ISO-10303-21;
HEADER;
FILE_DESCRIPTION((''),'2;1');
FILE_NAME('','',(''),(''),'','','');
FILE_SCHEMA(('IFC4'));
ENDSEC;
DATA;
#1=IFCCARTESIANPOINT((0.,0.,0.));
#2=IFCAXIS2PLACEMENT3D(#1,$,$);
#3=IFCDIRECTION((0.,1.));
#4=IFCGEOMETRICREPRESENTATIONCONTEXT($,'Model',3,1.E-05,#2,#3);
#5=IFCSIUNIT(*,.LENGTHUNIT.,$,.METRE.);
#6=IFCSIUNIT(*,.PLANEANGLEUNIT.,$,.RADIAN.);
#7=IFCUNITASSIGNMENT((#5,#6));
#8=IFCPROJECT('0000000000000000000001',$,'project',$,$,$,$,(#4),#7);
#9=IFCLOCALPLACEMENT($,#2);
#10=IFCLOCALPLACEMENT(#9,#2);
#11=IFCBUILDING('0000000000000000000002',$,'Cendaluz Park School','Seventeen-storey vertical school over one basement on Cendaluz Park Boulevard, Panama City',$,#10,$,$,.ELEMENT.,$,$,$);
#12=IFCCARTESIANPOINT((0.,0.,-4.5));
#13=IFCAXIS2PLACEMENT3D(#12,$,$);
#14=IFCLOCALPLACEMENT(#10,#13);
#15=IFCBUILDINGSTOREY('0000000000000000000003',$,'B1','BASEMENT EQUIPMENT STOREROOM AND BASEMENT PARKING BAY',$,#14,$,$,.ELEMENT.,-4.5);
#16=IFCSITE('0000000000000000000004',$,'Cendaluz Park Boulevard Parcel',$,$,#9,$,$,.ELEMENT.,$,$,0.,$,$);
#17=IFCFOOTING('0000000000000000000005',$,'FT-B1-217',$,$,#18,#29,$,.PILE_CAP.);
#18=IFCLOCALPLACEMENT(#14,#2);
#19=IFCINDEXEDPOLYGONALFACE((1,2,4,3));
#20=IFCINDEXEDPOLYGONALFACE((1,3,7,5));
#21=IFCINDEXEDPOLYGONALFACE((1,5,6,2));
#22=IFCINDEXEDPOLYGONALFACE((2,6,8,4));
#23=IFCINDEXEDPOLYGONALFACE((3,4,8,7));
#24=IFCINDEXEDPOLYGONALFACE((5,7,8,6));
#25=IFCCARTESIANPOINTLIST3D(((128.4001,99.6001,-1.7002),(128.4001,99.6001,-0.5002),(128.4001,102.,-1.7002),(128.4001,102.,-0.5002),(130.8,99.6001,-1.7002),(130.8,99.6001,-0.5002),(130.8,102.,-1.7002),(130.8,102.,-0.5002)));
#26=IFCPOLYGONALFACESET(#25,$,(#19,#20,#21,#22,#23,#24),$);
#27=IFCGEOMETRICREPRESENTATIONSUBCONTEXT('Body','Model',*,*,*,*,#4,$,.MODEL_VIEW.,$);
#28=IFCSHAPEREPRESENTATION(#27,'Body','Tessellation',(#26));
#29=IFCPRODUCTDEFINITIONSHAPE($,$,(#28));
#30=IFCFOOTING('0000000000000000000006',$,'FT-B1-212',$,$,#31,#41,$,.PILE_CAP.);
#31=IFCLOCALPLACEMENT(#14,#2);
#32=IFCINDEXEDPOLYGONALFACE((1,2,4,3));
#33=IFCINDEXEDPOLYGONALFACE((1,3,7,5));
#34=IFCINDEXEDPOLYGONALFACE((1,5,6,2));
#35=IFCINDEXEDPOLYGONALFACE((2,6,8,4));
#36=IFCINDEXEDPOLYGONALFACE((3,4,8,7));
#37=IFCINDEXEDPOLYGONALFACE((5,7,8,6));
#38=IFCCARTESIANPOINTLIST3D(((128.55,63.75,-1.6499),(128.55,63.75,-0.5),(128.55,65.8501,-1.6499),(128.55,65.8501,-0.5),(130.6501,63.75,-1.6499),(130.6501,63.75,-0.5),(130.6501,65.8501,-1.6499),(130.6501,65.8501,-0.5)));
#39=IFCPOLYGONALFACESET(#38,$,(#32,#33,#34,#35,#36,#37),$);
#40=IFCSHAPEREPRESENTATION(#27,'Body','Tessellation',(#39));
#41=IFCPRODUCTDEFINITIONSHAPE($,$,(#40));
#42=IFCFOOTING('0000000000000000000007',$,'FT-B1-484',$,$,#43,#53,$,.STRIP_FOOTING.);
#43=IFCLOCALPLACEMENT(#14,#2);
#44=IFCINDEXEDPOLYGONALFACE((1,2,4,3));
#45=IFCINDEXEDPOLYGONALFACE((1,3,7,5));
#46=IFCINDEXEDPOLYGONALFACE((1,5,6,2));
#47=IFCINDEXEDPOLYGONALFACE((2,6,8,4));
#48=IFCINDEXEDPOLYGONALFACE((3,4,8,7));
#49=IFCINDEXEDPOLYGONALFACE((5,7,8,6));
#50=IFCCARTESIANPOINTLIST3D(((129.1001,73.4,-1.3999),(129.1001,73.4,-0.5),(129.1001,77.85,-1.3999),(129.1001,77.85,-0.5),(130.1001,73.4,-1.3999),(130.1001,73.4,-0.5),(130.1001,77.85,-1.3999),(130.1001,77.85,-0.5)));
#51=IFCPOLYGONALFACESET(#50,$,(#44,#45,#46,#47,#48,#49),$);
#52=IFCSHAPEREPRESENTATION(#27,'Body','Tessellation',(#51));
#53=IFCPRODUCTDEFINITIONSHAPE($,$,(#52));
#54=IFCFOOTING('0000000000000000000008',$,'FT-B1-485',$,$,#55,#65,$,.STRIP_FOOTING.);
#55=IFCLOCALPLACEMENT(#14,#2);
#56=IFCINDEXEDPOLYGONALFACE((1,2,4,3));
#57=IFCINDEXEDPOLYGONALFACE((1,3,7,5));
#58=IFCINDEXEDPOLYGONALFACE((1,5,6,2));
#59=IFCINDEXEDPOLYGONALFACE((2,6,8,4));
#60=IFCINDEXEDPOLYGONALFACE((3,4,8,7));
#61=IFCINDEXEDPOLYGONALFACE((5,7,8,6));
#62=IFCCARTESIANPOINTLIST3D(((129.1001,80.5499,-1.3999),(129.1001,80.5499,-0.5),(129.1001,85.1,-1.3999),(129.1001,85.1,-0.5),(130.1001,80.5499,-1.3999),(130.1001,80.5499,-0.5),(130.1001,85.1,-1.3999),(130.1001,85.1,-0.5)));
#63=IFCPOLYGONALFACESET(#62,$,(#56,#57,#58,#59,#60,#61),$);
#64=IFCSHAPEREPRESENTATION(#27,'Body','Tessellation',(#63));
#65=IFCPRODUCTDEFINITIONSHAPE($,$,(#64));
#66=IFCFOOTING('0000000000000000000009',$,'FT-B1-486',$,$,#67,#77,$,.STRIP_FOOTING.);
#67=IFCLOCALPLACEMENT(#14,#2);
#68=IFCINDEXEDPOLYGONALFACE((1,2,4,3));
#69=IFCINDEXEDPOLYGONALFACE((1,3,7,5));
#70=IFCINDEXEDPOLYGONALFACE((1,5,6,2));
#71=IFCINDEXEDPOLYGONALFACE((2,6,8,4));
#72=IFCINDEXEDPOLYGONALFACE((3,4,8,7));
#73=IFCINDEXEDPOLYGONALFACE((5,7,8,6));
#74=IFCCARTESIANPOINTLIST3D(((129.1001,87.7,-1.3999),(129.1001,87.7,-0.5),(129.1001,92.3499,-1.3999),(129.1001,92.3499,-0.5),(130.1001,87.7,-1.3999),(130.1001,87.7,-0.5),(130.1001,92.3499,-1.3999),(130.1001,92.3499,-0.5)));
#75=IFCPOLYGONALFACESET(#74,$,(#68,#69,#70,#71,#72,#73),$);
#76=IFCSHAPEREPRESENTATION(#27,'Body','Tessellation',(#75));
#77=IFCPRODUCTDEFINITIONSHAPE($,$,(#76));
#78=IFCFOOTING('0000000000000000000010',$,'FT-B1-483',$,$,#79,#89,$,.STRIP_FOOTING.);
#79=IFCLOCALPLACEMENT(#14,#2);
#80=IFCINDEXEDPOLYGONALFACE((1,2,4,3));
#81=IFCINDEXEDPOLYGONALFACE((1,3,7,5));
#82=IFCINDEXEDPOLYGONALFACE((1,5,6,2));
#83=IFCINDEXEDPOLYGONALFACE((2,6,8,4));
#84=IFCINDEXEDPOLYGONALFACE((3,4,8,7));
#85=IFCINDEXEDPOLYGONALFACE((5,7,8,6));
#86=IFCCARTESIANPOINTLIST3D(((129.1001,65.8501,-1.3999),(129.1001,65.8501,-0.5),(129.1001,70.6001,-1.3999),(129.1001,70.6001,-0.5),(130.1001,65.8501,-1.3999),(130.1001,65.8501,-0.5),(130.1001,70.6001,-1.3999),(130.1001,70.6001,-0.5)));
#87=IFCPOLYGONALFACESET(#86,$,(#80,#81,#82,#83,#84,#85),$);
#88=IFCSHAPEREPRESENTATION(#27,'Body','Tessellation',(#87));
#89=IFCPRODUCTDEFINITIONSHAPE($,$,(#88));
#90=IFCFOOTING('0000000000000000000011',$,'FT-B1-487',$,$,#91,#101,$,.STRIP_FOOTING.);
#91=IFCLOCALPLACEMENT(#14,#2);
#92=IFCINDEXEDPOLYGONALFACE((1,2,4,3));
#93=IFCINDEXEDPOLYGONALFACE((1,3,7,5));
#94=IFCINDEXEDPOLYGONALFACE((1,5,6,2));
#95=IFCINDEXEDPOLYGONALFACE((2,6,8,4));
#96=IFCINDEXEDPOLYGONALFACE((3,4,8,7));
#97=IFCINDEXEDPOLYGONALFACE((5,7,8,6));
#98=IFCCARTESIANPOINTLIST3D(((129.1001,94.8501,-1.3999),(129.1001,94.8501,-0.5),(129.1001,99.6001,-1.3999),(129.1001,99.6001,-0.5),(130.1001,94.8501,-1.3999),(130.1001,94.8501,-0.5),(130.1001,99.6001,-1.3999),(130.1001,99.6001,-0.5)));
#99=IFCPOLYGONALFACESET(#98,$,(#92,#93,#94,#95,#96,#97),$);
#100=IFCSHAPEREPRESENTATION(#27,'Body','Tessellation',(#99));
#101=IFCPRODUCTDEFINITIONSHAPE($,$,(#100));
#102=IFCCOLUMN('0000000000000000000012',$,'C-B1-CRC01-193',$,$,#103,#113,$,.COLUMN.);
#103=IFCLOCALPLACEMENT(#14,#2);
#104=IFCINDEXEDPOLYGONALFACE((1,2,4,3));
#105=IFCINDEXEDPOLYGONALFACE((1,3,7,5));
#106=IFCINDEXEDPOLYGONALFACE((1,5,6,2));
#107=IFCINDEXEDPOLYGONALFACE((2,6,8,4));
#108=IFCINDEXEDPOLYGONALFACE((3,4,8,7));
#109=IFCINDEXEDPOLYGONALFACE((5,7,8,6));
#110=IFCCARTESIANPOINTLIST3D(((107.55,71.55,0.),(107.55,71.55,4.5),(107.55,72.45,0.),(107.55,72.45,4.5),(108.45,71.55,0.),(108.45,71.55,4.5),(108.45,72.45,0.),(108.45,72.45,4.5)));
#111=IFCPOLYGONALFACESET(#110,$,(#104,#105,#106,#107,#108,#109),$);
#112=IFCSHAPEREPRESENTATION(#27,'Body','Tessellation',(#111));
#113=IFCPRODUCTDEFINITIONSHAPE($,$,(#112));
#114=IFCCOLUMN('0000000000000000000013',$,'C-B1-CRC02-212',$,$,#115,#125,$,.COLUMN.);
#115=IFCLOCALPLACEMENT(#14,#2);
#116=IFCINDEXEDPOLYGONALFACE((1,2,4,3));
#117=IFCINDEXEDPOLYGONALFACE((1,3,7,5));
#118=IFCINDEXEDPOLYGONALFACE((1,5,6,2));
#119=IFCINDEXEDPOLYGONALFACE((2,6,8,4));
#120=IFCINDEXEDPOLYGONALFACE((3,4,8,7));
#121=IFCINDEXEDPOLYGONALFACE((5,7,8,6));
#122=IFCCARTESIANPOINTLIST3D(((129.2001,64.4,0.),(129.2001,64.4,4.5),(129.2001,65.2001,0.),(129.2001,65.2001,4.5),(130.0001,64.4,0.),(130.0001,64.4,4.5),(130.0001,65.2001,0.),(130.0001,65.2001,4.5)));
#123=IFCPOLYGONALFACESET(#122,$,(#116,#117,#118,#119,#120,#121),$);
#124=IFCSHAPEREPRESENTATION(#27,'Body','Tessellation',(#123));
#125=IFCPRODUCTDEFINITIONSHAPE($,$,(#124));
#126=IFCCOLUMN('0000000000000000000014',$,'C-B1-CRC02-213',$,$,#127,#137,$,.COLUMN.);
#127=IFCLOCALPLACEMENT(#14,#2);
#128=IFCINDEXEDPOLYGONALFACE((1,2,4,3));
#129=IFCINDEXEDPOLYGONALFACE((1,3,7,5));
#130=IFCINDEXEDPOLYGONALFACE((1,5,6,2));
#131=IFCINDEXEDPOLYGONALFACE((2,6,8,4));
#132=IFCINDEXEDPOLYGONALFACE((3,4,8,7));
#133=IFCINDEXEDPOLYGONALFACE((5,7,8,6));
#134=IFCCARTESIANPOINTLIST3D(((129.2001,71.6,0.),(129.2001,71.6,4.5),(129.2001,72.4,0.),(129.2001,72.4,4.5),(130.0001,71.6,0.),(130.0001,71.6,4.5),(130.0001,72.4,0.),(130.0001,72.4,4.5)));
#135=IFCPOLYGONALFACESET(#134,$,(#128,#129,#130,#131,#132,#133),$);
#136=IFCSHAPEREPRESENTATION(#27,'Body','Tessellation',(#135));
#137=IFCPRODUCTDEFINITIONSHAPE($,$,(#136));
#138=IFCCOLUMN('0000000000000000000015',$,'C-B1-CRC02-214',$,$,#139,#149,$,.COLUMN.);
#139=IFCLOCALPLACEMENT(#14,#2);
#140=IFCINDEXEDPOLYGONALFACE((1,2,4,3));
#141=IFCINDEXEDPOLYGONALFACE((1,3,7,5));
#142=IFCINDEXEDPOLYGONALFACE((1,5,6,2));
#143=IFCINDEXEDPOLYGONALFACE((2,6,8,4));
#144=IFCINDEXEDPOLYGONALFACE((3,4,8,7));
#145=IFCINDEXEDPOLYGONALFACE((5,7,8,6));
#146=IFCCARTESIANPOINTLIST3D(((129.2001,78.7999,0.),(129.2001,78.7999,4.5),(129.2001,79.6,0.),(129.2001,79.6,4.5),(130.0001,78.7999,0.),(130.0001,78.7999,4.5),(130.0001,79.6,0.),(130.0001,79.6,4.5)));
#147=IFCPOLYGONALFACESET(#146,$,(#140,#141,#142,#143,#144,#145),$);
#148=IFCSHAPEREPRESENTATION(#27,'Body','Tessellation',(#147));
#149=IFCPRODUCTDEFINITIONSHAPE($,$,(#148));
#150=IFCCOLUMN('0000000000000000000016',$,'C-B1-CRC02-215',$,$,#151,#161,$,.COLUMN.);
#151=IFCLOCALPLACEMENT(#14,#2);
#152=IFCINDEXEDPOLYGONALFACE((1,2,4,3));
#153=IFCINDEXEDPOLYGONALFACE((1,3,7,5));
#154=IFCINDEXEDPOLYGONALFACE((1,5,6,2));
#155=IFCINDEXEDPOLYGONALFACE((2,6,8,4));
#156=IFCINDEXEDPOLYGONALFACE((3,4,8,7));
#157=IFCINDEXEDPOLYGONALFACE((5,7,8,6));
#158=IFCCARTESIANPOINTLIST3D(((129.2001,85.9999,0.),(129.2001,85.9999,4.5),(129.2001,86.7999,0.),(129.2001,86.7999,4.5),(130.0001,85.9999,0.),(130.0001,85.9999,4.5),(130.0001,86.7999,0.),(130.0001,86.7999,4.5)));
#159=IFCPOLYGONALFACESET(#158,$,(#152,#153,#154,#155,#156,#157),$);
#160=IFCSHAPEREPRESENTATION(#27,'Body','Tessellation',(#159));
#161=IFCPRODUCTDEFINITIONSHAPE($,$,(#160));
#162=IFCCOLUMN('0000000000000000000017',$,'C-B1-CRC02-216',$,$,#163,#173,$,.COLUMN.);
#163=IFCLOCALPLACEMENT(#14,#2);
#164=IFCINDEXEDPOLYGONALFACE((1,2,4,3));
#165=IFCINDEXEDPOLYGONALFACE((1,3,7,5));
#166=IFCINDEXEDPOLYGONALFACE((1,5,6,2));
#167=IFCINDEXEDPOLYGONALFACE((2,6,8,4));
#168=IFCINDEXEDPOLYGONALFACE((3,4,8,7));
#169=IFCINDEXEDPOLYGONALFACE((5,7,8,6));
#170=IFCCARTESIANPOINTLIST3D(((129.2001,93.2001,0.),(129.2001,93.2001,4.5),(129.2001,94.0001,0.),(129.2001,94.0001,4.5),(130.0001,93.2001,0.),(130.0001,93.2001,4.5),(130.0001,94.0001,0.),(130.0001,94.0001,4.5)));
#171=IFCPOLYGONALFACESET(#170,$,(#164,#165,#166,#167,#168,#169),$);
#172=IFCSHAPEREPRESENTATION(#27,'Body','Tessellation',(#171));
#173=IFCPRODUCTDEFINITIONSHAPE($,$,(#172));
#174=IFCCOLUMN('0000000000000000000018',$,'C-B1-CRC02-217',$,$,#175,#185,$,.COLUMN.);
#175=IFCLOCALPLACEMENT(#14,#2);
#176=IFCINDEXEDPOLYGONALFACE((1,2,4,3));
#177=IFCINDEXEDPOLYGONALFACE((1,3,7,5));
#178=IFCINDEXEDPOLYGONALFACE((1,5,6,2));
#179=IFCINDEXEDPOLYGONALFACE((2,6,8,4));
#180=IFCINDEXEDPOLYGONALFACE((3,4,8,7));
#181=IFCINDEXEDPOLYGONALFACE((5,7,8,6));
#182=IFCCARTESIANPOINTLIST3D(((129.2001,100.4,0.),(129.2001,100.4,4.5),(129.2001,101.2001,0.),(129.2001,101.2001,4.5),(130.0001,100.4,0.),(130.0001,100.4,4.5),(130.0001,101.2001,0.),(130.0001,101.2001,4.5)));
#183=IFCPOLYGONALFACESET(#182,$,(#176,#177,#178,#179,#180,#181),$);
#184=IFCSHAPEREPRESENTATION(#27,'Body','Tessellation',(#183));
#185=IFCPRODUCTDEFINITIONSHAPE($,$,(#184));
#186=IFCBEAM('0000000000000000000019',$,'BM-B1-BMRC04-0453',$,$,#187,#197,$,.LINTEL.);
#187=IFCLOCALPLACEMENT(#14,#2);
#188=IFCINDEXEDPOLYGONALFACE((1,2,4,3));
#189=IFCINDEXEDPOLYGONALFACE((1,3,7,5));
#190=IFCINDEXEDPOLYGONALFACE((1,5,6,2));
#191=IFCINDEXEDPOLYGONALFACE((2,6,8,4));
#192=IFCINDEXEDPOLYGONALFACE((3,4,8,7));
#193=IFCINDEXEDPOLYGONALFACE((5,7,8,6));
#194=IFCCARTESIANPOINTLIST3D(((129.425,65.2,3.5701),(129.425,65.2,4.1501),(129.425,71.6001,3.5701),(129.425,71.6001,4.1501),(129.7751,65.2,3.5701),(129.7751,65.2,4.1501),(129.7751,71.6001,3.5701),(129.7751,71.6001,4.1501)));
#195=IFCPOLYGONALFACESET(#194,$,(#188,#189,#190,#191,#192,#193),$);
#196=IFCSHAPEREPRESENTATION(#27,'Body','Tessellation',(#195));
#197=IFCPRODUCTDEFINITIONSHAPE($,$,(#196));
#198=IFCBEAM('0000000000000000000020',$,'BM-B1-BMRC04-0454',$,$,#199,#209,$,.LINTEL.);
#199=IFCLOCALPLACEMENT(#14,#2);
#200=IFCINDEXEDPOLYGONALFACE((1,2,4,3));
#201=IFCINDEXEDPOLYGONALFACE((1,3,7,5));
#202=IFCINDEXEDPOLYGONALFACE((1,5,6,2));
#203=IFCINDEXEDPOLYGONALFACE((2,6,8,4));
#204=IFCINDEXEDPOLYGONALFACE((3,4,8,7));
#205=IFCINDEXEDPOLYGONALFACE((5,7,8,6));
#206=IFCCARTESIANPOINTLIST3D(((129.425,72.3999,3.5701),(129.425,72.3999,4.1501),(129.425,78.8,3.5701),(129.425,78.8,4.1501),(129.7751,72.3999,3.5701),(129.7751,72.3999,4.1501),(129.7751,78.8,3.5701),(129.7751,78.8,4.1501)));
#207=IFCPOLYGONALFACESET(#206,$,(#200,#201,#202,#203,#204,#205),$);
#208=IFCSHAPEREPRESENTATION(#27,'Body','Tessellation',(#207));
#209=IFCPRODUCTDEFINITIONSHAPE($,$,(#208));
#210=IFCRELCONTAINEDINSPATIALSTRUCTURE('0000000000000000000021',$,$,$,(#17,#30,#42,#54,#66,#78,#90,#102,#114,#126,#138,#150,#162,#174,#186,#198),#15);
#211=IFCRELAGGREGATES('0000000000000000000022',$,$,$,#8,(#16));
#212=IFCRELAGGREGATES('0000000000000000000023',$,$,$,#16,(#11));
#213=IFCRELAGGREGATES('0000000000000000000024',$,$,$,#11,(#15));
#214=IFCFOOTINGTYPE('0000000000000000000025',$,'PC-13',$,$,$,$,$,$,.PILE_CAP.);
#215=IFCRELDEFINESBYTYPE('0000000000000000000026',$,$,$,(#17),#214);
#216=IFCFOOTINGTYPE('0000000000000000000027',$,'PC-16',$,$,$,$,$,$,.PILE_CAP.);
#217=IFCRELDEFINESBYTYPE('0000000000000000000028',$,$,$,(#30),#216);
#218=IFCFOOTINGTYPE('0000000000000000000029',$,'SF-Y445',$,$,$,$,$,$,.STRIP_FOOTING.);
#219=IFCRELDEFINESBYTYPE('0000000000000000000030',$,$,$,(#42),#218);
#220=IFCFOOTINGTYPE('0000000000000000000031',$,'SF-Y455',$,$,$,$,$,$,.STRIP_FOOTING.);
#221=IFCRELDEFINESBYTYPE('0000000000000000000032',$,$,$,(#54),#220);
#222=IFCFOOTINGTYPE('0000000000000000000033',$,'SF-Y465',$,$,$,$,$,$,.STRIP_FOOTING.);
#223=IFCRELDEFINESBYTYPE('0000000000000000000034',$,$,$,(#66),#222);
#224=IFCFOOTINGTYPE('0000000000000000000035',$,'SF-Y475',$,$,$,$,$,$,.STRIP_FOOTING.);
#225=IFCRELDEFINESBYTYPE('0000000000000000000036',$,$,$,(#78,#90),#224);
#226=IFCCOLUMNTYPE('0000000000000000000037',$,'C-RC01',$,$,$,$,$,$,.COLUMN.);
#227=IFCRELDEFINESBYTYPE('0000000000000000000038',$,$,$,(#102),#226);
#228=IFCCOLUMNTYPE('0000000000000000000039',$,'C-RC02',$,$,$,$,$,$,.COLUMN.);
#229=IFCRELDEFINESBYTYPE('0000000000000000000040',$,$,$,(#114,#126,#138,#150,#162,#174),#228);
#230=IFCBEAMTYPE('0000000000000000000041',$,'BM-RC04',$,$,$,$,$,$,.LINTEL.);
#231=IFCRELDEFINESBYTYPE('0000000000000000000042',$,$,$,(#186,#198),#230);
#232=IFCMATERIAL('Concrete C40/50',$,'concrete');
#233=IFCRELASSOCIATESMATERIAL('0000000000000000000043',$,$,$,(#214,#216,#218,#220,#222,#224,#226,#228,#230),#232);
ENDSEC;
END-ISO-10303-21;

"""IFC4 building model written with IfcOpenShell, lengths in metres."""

from ifc_helpers import new_model, si_unit, direction, frame, origin, origin_2d, place, context, subcontext, project, spatial, rectangle, extrude, material, material_profile, profile_set, type_object, element, save


model = new_model("IFC4")

# Units and contexts
model_context = context("Model", 3, precision=1e-05, world=origin(), true_north=direction((0.0, 1.0)))
body_context = subcontext(model_context, "Body", "Model", "MODEL_VIEW")
ifc_project = project(units=[si_unit("LENGTHUNIT", "METRE"), si_unit("PLANEANGLEUNIT", "RADIAN")], contexts=[model_context])

# Site, building, storey
site_placement = place(None, origin())
site = spatial("IfcSite", under=ifc_project, at=site_placement, Name="Cendaluz Park Boulevard Parcel", CompositionType="ELEMENT", RefElevation=0.0)
building_placement = place(site_placement, origin())
building = spatial("IfcBuilding", under=site, at=building_placement, Name="Cendaluz Park School", Description="Seventeen-storey vertical school over one basement on Cendaluz Park Boulevard, Panama City", CompositionType="ELEMENT")
storey_placement = place(building_placement, frame((0.0, 0.0, -4.5)))
storey = spatial("IfcBuildingStorey", under=building, at=storey_placement, Name="B1", Description="BASEMENT EQUIPMENT STOREROOM AND BASEMENT PARKING BAY", CompositionType="ELEMENT", Elevation=-4.5)

# Shared definitions
ifc_material = material(Name="Concrete C40/50", Category="concrete")

# Footings
footing_type_1 = type_object("IfcFootingType", Name="PC-13", PredefinedType="PILE_CAP", material=ifc_material)
footing_1_placement = place(storey_placement, frame((129.6001, 100.8, -1.7002), z_axis=(0.0, 0.0, 1.0), x_axis=(1.0, 0.0, 0.0)))
element("IfcFooting", 1, at=footing_1_placement, inside=storey, type_object=footing_type_1, Name="FT-B1-217", PredefinedType="PILE_CAP", context=body_context, shape_type="SweptSolid", body=[
    extrude(rectangle(XDim=2.3999, YDim=2.3999, at=origin_2d()), origin(), (0.0, 0.0, 1.0), 1.2),
])
footing_type_2 = type_object("IfcFootingType", Name="PC-16", PredefinedType="PILE_CAP", material=ifc_material)
footing_2_placement = place(storey_placement, frame((129.6001, 64.8, -1.6499), z_axis=(0.0, 0.0, 1.0), x_axis=(1.0, 0.0, 0.0)))
element("IfcFooting", 2, at=footing_2_placement, inside=storey, type_object=footing_type_2, Name="FT-B1-212", PredefinedType="PILE_CAP", context=body_context, shape_type="SweptSolid", body=[
    extrude(rectangle(XDim=2.1001, YDim=2.1001, at=origin_2d()), origin(), (0.0, 0.0, 1.0), 1.1499),
])
footing_type_3 = type_object("IfcFootingType", Name="SF-Y445", PredefinedType="STRIP_FOOTING", material=ifc_material)
footing_3_placement = place(storey_placement, frame((129.6001, 75.625, -1.3999), z_axis=(0.0, 0.0, 1.0), x_axis=(1.0, 0.0, 0.0)))
element("IfcFooting", 3, at=footing_3_placement, inside=storey, type_object=footing_type_3, Name="FT-B1-484", PredefinedType="STRIP_FOOTING", context=body_context, shape_type="SweptSolid", body=[
    extrude(rectangle(XDim=1.0, YDim=4.45, at=origin_2d()), origin(), (0.0, 0.0, 1.0), 0.8999),
])
footing_type_4 = type_object("IfcFootingType", Name="SF-Y455", PredefinedType="STRIP_FOOTING", material=ifc_material)
footing_4_placement = place(storey_placement, frame((129.6001, 82.825, -1.3999), z_axis=(0.0, 0.0, 1.0), x_axis=(1.0, 0.0, 0.0)))
element("IfcFooting", 4, at=footing_4_placement, inside=storey, type_object=footing_type_4, Name="FT-B1-485", PredefinedType="STRIP_FOOTING", context=body_context, shape_type="SweptSolid", body=[
    extrude(rectangle(XDim=1.0, YDim=4.55, at=origin_2d()), origin(), (0.0, 0.0, 1.0), 0.8999),
])
footing_type_5 = type_object("IfcFootingType", Name="SF-Y465", PredefinedType="STRIP_FOOTING", material=ifc_material)
footing_5_placement = place(storey_placement, frame((129.6001, 90.0249, -1.3999), z_axis=(0.0, 0.0, 1.0), x_axis=(1.0, 0.0, 0.0)))
element("IfcFooting", 5, at=footing_5_placement, inside=storey, type_object=footing_type_5, Name="FT-B1-486", PredefinedType="STRIP_FOOTING", context=body_context, shape_type="SweptSolid", body=[
    extrude(rectangle(XDim=1.0, YDim=4.6499, at=origin_2d()), origin(), (0.0, 0.0, 1.0), 0.8999),
])
footing_type_6 = type_object("IfcFootingType", Name="SF-Y475", PredefinedType="STRIP_FOOTING", material=ifc_material)
for number, where, z_axis, x_axis, name in (
    (6, (129.6001, 68.2251, -1.3999), (0.0, 0.0, 1.0), (1.0, 0.0, 0.0), "FT-B1-483"),
    (7, (129.6001, 97.2251, -1.3999), (0.0, 0.0, 1.0), (1.0, 0.0, 0.0), "FT-B1-487"),
):
    element("IfcFooting", number, at=place(storey_placement, frame(where, z_axis=z_axis, x_axis=x_axis)), inside=storey, type_object=footing_type_6, Name=name, PredefinedType="STRIP_FOOTING", context=body_context, shape_type="SweptSolid", body=[
        extrude(rectangle(XDim=1.0, YDim=4.75, at=origin_2d()), origin(), (0.0, 0.0, 1.0), 0.8999),
    ])

# Columns
ifc_material_profile_1 = material_profile(ifc_material, rectangle(XDim=0.8999, YDim=0.8999, at=origin_2d()), Name="RC 900x900", Category="concrete")
ifc_profile_set_1 = profile_set([ifc_material_profile_1], Name="Concrete C40/50")
column_type_1 = type_object("IfcColumnType", Name="C-RC01", PredefinedType="COLUMN", material=ifc_profile_set_1)
column_placement = place(storey_placement, frame((108.0, 72.0, 0.0), z_axis=(0.0, 0.0, 1.0), x_axis=(1.0, 0.0, 0.0)))
element("IfcColumn", 8, at=column_placement, inside=storey, type_object=column_type_1, Name="C-B1-CRC01-193", PredefinedType="COLUMN", context=body_context, shape_type="SweptSolid", body=[
    extrude(rectangle(XDim=0.8999, YDim=0.8999, at=origin_2d()), origin(), (0.0, 0.0, 1.0), 4.5),
])
ifc_material_profile_2 = material_profile(ifc_material, rectangle(XDim=0.8, YDim=0.8, at=origin_2d()), Name="RC 800x800", Category="concrete")
ifc_profile_set_2 = profile_set([ifc_material_profile_2], Name="Concrete C40/50")
column_type_2 = type_object("IfcColumnType", Name="C-RC02", PredefinedType="COLUMN", material=ifc_profile_set_2)
for number, where, z_axis, x_axis, name in (
    (9, (129.6001, 64.8, 0.0), (0.0, 0.0, 1.0), (1.0, 0.0, 0.0), "C-B1-CRC02-212"),
    (10, (129.6001, 72.0, 0.0), (0.0, 0.0, 1.0), (1.0, 0.0, 0.0), "C-B1-CRC02-213"),
    (11, (129.6001, 79.2, 0.0), (0.0, 0.0, 1.0), (1.0, 0.0, 0.0), "C-B1-CRC02-214"),
    (12, (129.6001, 86.3999, 0.0), (0.0, 0.0, 1.0), (1.0, 0.0, 0.0), "C-B1-CRC02-215"),
    (13, (129.6001, 93.6001, 0.0), (0.0, 0.0, 1.0), (1.0, 0.0, 0.0), "C-B1-CRC02-216"),
    (14, (129.6001, 100.8, 0.0), (0.0, 0.0, 1.0), (1.0, 0.0, 0.0), "C-B1-CRC02-217"),
):
    element("IfcColumn", number, at=place(storey_placement, frame(where, z_axis=z_axis, x_axis=x_axis)), inside=storey, type_object=column_type_2, Name=name, PredefinedType="COLUMN", context=body_context, shape_type="SweptSolid", body=[
        extrude(rectangle(XDim=0.8, YDim=0.8, at=origin_2d()), origin(), (0.0, 0.0, 1.0), 4.5),
    ])

# Beams
ifc_material_profile_3 = material_profile(ifc_material, rectangle(XDim=0.3501, YDim=0.5801, at=origin_2d()), Name="RC 350x580", Category="concrete")
ifc_profile_set_3 = profile_set([ifc_material_profile_3], Name="Concrete C40/50")
beam_type = type_object("IfcBeamType", Name="BM-RC04", PredefinedType="LINTEL", material=ifc_profile_set_3)
for number, where, z_axis, x_axis, name in (
    (15, (129.6001, 65.2, 3.8601), (0.0, 1.0, 0.0), (-1.0, 0.0, 0.0), "BM-B1-BMRC04-0453"),
    (16, (129.6001, 72.3999, 3.8601), (0.0, 1.0, 0.0), (-1.0, 0.0, 0.0), "BM-B1-BMRC04-0454"),
):
    element("IfcBeam", number, at=place(storey_placement, frame(where, z_axis=z_axis, x_axis=x_axis)), inside=storey, type_object=beam_type, Name=name, PredefinedType="LINTEL", context=body_context, shape_type="SweptSolid", body=[
        extrude(rectangle(XDim=0.3501, YDim=0.5801, at=origin_2d()), origin(), (0.0, 0.0, 1.0), 6.4001),
    ])

save(model, "model.ifc")
